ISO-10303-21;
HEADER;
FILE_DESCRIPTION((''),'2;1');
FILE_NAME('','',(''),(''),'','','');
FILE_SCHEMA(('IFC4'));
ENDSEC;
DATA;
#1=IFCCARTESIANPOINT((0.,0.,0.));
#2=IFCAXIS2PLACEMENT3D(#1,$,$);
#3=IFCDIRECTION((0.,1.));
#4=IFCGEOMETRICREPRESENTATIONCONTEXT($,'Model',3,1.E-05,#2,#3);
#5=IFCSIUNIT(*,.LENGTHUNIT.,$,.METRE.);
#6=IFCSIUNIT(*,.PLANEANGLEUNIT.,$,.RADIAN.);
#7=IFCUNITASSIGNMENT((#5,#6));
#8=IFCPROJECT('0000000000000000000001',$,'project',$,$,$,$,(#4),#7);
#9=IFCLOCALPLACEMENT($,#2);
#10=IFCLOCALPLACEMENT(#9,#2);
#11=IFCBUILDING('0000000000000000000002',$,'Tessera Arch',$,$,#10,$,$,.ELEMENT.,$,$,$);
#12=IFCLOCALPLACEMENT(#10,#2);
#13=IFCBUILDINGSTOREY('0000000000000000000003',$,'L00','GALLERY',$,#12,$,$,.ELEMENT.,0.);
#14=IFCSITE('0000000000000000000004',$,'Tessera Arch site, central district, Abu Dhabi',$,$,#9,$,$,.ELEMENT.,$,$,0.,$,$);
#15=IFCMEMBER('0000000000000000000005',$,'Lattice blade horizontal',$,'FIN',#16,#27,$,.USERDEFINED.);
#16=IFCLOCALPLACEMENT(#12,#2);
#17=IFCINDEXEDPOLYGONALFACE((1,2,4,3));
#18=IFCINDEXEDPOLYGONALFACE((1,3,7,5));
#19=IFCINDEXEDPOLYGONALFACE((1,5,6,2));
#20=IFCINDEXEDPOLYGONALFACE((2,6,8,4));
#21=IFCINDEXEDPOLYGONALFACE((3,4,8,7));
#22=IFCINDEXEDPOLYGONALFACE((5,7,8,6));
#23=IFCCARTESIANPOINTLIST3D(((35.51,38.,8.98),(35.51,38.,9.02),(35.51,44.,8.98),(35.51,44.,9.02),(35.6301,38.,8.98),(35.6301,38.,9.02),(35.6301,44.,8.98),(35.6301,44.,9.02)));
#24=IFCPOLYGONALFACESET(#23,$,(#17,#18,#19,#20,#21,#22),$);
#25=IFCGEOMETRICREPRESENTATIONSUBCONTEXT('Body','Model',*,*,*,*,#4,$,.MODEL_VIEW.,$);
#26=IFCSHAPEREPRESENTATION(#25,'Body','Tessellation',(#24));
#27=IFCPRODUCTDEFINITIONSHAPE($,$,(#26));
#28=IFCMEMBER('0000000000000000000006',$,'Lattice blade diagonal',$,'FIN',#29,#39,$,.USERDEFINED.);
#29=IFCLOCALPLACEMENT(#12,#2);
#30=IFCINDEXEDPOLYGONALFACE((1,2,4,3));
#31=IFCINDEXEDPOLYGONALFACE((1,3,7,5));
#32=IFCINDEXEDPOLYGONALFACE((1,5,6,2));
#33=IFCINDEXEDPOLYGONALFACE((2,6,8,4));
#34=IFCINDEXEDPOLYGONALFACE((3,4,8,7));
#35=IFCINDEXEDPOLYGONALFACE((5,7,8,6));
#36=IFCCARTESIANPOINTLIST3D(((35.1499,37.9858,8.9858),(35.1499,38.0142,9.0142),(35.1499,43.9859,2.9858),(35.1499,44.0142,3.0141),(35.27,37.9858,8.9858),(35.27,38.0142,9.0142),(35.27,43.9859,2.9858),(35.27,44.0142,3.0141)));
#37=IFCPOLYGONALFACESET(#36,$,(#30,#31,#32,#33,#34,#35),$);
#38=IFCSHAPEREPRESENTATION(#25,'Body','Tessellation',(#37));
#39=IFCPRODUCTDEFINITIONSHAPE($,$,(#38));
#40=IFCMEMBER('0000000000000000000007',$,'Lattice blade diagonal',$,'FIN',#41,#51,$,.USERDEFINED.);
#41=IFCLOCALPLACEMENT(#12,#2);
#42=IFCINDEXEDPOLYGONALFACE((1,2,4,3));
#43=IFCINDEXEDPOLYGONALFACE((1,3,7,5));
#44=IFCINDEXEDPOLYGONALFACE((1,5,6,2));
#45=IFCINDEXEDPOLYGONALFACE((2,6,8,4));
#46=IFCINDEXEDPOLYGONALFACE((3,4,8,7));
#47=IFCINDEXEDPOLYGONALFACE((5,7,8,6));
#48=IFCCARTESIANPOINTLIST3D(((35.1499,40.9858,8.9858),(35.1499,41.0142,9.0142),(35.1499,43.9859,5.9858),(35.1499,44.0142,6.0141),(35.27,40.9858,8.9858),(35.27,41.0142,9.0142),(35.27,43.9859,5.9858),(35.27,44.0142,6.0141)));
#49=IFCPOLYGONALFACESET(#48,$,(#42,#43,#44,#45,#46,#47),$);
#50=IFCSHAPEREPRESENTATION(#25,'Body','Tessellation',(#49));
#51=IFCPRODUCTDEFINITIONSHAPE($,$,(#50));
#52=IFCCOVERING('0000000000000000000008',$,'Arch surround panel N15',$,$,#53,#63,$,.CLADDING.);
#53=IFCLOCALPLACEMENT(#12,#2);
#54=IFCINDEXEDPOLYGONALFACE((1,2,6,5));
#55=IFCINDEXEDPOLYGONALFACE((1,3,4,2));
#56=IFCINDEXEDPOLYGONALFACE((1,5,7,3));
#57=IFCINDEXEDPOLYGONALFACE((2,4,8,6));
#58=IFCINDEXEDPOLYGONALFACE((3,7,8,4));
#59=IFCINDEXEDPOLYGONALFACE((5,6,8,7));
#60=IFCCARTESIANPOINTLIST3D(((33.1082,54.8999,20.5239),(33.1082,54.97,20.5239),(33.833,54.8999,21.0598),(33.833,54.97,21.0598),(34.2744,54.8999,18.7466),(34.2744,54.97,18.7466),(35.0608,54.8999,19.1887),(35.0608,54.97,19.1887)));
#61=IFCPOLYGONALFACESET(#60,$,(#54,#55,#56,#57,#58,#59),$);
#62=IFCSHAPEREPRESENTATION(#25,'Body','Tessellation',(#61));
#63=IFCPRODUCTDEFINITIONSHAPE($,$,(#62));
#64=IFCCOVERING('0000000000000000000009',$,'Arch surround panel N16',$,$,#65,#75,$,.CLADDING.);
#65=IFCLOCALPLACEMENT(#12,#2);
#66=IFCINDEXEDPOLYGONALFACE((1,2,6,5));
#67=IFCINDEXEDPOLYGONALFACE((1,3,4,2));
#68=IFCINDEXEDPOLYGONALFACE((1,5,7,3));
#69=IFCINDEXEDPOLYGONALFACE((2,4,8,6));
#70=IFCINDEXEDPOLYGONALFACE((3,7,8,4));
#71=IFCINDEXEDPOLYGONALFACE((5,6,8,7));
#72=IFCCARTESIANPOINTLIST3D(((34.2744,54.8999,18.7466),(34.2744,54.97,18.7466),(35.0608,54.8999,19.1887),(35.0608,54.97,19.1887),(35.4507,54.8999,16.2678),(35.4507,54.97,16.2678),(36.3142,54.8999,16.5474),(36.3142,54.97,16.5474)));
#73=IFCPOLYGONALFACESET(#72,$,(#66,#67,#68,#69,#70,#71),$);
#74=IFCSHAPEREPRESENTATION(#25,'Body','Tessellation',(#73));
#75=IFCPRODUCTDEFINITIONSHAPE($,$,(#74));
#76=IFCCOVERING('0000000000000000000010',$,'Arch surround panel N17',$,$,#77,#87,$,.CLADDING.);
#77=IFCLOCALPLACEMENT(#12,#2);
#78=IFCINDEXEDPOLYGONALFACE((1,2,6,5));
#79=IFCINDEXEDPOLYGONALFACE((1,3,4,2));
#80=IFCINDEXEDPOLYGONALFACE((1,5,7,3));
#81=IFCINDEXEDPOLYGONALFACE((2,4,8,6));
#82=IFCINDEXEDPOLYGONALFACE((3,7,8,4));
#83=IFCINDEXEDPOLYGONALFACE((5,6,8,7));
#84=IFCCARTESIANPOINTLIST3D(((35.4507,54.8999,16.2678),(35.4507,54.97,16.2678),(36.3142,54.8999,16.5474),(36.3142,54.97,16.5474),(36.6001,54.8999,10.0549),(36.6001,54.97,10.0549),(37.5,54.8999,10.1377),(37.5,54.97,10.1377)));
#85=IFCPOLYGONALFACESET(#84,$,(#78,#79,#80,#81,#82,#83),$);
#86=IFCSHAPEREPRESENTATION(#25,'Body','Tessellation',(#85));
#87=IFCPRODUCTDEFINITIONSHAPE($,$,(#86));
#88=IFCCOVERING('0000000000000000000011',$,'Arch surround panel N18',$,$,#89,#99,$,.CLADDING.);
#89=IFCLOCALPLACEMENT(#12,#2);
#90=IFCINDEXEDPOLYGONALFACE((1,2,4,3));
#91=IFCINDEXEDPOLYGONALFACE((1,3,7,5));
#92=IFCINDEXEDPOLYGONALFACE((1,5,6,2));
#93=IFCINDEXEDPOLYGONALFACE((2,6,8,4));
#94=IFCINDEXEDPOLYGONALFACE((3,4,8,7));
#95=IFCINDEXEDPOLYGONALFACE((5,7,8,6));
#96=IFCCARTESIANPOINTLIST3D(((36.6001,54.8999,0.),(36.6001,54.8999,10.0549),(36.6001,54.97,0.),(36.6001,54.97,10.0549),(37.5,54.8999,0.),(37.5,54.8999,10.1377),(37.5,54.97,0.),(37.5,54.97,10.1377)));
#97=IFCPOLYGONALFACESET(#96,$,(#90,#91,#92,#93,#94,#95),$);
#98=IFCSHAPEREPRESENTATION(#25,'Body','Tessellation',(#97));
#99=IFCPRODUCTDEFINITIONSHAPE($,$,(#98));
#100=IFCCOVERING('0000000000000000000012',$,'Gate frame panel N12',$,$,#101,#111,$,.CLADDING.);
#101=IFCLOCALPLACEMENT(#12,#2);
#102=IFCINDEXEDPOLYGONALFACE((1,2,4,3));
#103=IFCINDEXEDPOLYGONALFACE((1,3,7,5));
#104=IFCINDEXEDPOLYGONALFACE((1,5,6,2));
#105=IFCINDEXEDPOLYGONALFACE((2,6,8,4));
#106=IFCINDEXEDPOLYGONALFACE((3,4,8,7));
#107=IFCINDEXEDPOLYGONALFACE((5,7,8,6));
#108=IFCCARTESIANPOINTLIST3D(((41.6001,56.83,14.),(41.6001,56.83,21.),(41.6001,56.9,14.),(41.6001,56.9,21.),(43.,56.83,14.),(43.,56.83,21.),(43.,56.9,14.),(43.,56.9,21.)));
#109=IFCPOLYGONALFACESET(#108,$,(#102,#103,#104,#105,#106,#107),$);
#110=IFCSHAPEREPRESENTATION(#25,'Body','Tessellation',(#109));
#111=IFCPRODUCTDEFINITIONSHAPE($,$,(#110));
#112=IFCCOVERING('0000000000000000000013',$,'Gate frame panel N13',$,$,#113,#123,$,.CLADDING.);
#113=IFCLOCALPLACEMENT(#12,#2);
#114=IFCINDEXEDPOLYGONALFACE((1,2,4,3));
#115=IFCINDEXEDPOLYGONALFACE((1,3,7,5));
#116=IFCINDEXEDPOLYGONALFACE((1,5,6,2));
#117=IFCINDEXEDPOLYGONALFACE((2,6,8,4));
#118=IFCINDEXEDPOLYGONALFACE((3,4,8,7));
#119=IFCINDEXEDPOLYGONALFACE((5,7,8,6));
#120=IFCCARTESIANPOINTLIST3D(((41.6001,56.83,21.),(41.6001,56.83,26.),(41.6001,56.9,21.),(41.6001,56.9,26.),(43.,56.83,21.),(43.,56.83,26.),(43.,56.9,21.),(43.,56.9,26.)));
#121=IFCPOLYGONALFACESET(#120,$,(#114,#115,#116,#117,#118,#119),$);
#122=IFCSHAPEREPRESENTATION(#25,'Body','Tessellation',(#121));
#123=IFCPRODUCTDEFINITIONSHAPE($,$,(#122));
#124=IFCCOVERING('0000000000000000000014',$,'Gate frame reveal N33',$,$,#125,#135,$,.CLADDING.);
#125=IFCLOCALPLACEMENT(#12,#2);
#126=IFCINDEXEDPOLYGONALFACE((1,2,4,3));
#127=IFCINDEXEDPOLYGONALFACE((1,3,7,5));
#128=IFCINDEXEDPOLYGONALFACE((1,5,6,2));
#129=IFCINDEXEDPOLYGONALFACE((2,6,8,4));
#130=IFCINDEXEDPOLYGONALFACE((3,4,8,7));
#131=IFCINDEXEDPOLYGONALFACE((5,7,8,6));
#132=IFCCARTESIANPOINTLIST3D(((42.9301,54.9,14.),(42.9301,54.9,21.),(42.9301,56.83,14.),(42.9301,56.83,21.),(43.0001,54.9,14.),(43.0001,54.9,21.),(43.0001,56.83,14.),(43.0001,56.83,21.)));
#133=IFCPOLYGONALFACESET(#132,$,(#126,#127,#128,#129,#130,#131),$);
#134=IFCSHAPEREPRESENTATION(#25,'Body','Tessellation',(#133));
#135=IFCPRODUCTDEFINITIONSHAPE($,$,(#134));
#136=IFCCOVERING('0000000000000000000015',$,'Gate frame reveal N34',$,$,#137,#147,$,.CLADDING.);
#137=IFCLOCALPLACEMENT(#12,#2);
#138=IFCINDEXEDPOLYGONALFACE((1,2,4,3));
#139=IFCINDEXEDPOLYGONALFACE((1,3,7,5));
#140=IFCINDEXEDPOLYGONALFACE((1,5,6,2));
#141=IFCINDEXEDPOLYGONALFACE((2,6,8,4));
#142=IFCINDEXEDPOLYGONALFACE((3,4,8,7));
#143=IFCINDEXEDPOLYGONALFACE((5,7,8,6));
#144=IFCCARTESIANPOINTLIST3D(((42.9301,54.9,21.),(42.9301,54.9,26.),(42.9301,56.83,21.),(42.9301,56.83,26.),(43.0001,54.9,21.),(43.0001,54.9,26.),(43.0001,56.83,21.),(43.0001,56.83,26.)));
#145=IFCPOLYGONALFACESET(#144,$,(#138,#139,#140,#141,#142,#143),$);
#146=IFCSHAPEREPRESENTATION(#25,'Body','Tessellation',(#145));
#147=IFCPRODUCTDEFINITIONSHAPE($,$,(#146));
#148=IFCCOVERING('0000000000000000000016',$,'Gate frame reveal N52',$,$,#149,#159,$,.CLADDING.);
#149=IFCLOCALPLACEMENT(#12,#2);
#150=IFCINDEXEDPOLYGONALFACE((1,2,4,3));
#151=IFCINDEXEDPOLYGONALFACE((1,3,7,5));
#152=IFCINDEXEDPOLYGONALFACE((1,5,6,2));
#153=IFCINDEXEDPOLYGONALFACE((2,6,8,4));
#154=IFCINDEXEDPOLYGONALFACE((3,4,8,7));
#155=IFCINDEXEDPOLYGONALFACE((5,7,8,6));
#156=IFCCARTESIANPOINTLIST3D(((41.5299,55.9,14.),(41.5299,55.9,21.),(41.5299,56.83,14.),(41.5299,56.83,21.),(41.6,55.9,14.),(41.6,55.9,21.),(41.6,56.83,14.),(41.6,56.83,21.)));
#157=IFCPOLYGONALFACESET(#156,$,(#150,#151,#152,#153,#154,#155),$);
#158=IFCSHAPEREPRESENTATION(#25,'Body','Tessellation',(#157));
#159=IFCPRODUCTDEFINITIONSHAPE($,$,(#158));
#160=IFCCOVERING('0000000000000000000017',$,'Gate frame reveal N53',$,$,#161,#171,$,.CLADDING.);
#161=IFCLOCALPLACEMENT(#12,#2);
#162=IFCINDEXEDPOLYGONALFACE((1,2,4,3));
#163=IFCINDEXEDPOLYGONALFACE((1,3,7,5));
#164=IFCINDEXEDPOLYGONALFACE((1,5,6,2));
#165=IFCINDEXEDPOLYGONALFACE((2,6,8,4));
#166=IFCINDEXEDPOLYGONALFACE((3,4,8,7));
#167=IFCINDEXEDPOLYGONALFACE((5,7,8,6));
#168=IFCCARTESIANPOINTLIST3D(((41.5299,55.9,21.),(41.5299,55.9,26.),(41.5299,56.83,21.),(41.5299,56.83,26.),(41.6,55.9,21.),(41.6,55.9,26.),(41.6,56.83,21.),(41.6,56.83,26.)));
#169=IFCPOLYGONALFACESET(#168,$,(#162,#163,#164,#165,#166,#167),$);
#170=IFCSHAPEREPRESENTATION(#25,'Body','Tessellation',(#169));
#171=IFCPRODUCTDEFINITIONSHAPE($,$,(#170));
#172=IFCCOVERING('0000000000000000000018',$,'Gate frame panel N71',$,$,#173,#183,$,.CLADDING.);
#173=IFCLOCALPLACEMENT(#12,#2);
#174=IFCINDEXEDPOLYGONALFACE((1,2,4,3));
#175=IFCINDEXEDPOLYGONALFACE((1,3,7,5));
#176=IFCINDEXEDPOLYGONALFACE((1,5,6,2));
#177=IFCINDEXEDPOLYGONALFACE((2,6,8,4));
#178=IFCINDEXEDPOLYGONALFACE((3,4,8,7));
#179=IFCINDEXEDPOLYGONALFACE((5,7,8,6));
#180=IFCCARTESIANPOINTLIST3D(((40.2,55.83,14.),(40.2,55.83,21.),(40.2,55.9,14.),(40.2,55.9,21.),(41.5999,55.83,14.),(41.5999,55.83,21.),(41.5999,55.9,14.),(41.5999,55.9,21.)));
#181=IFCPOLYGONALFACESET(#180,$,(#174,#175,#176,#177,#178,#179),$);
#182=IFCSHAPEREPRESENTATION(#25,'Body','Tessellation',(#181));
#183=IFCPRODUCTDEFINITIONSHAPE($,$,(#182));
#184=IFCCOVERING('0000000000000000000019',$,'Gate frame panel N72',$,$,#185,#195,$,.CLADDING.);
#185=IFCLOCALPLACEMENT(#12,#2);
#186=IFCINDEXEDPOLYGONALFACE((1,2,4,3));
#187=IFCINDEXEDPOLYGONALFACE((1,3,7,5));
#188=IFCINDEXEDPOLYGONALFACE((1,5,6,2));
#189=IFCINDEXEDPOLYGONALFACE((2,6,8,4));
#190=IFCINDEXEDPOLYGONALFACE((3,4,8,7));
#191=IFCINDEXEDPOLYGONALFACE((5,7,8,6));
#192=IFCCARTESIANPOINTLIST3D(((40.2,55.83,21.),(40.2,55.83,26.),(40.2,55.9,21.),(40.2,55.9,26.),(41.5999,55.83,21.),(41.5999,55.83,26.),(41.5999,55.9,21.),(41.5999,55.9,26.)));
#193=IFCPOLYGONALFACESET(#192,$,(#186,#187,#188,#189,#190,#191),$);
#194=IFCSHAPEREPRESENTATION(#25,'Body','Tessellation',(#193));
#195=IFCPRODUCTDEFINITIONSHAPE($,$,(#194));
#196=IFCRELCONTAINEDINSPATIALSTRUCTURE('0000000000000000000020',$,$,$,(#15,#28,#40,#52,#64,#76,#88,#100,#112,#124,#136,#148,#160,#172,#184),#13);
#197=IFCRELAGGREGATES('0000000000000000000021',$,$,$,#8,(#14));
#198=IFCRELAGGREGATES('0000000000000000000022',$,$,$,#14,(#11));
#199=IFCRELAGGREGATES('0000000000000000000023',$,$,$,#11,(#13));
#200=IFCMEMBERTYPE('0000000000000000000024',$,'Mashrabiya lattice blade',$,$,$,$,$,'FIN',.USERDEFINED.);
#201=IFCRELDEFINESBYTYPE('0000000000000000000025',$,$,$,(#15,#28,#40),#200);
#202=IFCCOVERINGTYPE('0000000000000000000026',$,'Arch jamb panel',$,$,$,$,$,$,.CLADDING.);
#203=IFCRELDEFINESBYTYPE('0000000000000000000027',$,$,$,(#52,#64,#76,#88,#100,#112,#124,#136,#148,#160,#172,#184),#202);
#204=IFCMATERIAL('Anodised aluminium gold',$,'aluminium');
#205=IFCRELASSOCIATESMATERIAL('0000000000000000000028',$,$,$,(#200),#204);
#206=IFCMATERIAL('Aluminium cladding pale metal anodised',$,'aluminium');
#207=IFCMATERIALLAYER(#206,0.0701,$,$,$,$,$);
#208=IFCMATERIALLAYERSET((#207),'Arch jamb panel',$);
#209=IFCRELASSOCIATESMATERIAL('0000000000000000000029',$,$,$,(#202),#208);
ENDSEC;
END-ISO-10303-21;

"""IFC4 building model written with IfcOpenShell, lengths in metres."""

from ifc_helpers import new_model, si_unit, direction, frame, origin, origin_2d, place, context, subcontext, project, spatial, polyline, rectangle, outline, extrude, material, layer, layer_set, material_profile, profile_set, type_object, element, save


model = new_model("IFC4")

# Units and contexts
model_context = context("Model", 3, precision=1e-05, world=origin(), true_north=direction((0.0, 1.0)))
body_context = subcontext(model_context, "Body", "Model", "MODEL_VIEW")
ifc_project = project(units=[si_unit("LENGTHUNIT", "METRE"), si_unit("PLANEANGLEUNIT", "RADIAN")], contexts=[model_context])

# Site, building, storey
site_placement = place(None, origin())
site = spatial("IfcSite", under=ifc_project, at=site_placement, Name="Tessera Arch site, central district, Abu Dhabi", CompositionType="ELEMENT", RefElevation=0.0)
building_placement = place(site_placement, origin())
building = spatial("IfcBuilding", under=site, at=building_placement, Name="Tessera Arch", CompositionType="ELEMENT")
storey_placement = place(building_placement, origin())
storey = spatial("IfcBuildingStorey", under=building, at=storey_placement, Name="L00", Description="GALLERY", CompositionType="ELEMENT", Elevation=0.0)

# Members
ifc_material_1 = material(Name="Anodised aluminium gold", Category="aluminium")
ifc_material_profile = material_profile(ifc_material_1, rectangle(XDim=0.1201, YDim=0.04, at=origin_2d()), Name="AL 40x120")
ifc_profile_set = profile_set([ifc_material_profile], Name="Anodised aluminium gold")
member_type = type_object("IfcMemberType", Name="Mashrabiya lattice blade", ElementType="FIN", PredefinedType="USERDEFINED", material=ifc_profile_set)
member_1_placement = place(storey_placement, frame((35.5701, 38.0, 9.0), z_axis=(0.0, 1.0, 0.0), x_axis=(-1.0, 0.0, 0.0)))
element("IfcMember", 1, at=member_1_placement, inside=storey, type_object=member_type, Name="Lattice blade horizontal", ObjectType="FIN", PredefinedType="USERDEFINED", context=body_context, shape_type="SweptSolid", body=[
    extrude(rectangle(XDim=0.1201, YDim=0.04, at=origin_2d()), origin(), (0.0, 0.0, 1.0), 6.0),
])
member_2_placement = place(storey_placement, frame((35.21, 38.0, 9.0), z_axis=(0.0, 0.707107, -0.707107), x_axis=(-1.0, 0.0, 0.0)))
element("IfcMember", 2, at=member_2_placement, inside=storey, type_object=member_type, Name="Lattice blade diagonal", ObjectType="FIN", PredefinedType="USERDEFINED", context=body_context, shape_type="SweptSolid", body=[
    extrude(rectangle(XDim=0.1201, YDim=0.04, at=origin_2d()), origin(), (0.0, 0.0, 1.0), 8.4854),
])
member_3_placement = place(storey_placement, frame((35.21, 41.0, 9.0), z_axis=(0.0, 0.707107, -0.707107), x_axis=(-1.0, 0.0, 0.0)))
element("IfcMember", 3, at=member_3_placement, inside=storey, type_object=member_type, Name="Lattice blade diagonal", ObjectType="FIN", PredefinedType="USERDEFINED", context=body_context, shape_type="SweptSolid", body=[
    extrude(rectangle(XDim=0.1201, YDim=0.04, at=origin_2d()), origin(), (0.0, 0.0, 1.0), 4.2427),
])

# Coverings
ifc_material_2 = material(Name="Aluminium cladding pale metal anodised", Category="aluminium")
ifc_layer = layer(ifc_material_2, 0.0701)
ifc_layer_set = layer_set([ifc_layer], Name="Arch jamb panel")
covering_type = type_object("IfcCoveringType", Name="Arch jamb panel", PredefinedType="CLADDING", material=ifc_layer_set)
covering_1_placement = place(storey_placement, frame((33.1082, 54.8999, 20.5239), z_axis=(0.0, -1.0, 0.0), x_axis=(0.548616, 0.0, -0.836074)))
element("IfcCovering", 4, at=covering_1_placement, inside=storey, type_object=covering_type, Name="Arch surround panel N15", PredefinedType="CLADDING", context=body_context, shape_type="SweptSolid", body=[
    extrude(outline(polyline([(0.0, 0.0), (2.1258, 0.0), (2.1876, 0.9), (-0.0504, 0.9), (0.0, 0.0)])), origin(), (0.0, 0.0, -1.0), 0.0701),
])
covering_2_placement = place(storey_placement, frame((34.2744, 54.8999, 18.7466), z_axis=(0.0, -1.0, 0.0), x_axis=(0.428717, 0.0, -0.903439)))
element("IfcCovering", 5, at=covering_2_placement, inside=storey, type_object=covering_type, Name="Arch surround panel N16", PredefinedType="CLADDING", context=body_context, shape_type="SweptSolid", body=[
    extrude(outline(polyline([(0.0, 0.0), (2.7437, 0.0), (2.8614, 0.9), (-0.0623, 0.9), (0.0, 0.0)])), origin(), (0.0, 0.0, -1.0), 0.0701),
])
covering_3_placement = place(storey_placement, frame((35.4507, 54.8999, 16.2678), z_axis=(0.0, -1.0, 0.0), x_axis=(0.181918, 0.0, -0.983314)))
element("IfcCovering", 6, at=covering_3_placement, inside=storey, type_object=covering_type, Name="Arch surround panel N17", PredefinedType="CLADDING", context=body_context, shape_type="SweptSolid", body=[
    extrude(outline(polyline([(0.0, 0.0), (6.3183, 0.0), (6.4006, 0.8999), (-0.1178, 0.9), (0.0, 0.0)])), origin(), (0.0, 0.0, -1.0), 0.0701),
])
covering_4_placement = place(storey_placement, frame((36.6001, 54.8999, 10.0549), z_axis=(0.0, -1.0, 0.0), x_axis=(0.0, 0.0, -1.0)))
element("IfcCovering", 7, at=covering_4_placement, inside=storey, type_object=covering_type, Name="Arch surround panel N18", PredefinedType="CLADDING", context=body_context, shape_type="SweptSolid", body=[
    extrude(outline(polyline([(0.0, 0.0), (10.0549, 0.0), (10.0549, 0.8999), (-0.0828, 0.8999), (0.0, 0.0)])), origin(), (0.0, 0.0, -1.0), 0.0701),
])
covering_5_placement = place(storey_placement, frame((42.3, 56.865, 14.0), z_axis=(0.0, 0.0, 1.0), x_axis=(1.0, 0.0, 0.0)))
element("IfcCovering", 8, at=covering_5_placement, inside=storey, type_object=covering_type, Name="Gate frame panel N12", PredefinedType="CLADDING", context=body_context, shape_type="SweptSolid", body=[
    extrude(rectangle(XDim=1.3999, YDim=0.0701, at=origin_2d()), origin(), (0.0, 0.0, 1.0), 7.0),
])
covering_6_placement = place(storey_placement, frame((42.3, 56.865, 21.0), z_axis=(0.0, 0.0, 1.0), x_axis=(1.0, 0.0, 0.0)))
element("IfcCovering", 9, at=covering_6_placement, inside=storey, type_object=covering_type, Name="Gate frame panel N13", PredefinedType="CLADDING", context=body_context, shape_type="SweptSolid", body=[
    extrude(rectangle(XDim=1.3999, YDim=0.0701, at=origin_2d()), origin(), (0.0, 0.0, 1.0), 5.0),
])
covering_7_placement = place(storey_placement, frame((42.9651, 55.865, 14.0), z_axis=(0.0, 0.0, 1.0), x_axis=(1.0, 0.0, 0.0)))
element("IfcCovering", 10, at=covering_7_placement, inside=storey, type_object=covering_type, Name="Gate frame reveal N33", PredefinedType="CLADDING", context=body_context, shape_type="SweptSolid", body=[
    extrude(rectangle(XDim=0.0701, YDim=1.9299, at=origin_2d()), origin(), (0.0, 0.0, 1.0), 7.0),
])
covering_8_placement = place(storey_placement, frame((42.9651, 55.865, 21.0), z_axis=(0.0, 0.0, 1.0), x_axis=(1.0, 0.0, 0.0)))
element("IfcCovering", 11, at=covering_8_placement, inside=storey, type_object=covering_type, Name="Gate frame reveal N34", PredefinedType="CLADDING", context=body_context, shape_type="SweptSolid", body=[
    extrude(rectangle(XDim=0.0701, YDim=1.9299, at=origin_2d()), origin(), (0.0, 0.0, 1.0), 5.0),
])
covering_9_placement = place(storey_placement, frame((41.5649, 56.365, 14.0), z_axis=(0.0, 0.0, 1.0), x_axis=(1.0, 0.0, 0.0)))
element("IfcCovering", 12, at=covering_9_placement, inside=storey, type_object=covering_type, Name="Gate frame reveal N52", PredefinedType="CLADDING", context=body_context, shape_type="SweptSolid", body=[
    extrude(rectangle(XDim=0.0701, YDim=0.9299, at=origin_2d()), origin(), (0.0, 0.0, 1.0), 7.0),
])
covering_10_placement = place(storey_placement, frame((41.5649, 56.365, 21.0), z_axis=(0.0, 0.0, 1.0), x_axis=(1.0, 0.0, 0.0)))
element("IfcCovering", 13, at=covering_10_placement, inside=storey, type_object=covering_type, Name="Gate frame reveal N53", PredefinedType="CLADDING", context=body_context, shape_type="SweptSolid", body=[
    extrude(rectangle(XDim=0.0701, YDim=0.9299, at=origin_2d()), origin(), (0.0, 0.0, 1.0), 5.0),
])
covering_11_placement = place(storey_placement, frame((40.8999, 55.865, 14.0), z_axis=(0.0, 0.0, 1.0), x_axis=(1.0, 0.0, 0.0)))
element("IfcCovering", 14, at=covering_11_placement, inside=storey, type_object=covering_type, Name="Gate frame panel N71", PredefinedType="CLADDING", context=body_context, shape_type="SweptSolid", body=[
    extrude(rectangle(XDim=1.3999, YDim=0.0701, at=origin_2d()), origin(), (0.0, 0.0, 1.0), 7.0),
])
for number, where, z_axis, x_axis, name in (
    (15, (40.8999, 55.865, 21.0), (0.0, 0.0, 1.0), (1.0, 0.0, 0.0), "Gate frame panel N72"),
):
    element("IfcCovering", number, at=place(storey_placement, frame(where, z_axis=z_axis, x_axis=x_axis)), inside=storey, type_object=covering_type, Name=name, PredefinedType="CLADDING", context=body_context, shape_type="SweptSolid", body=[
        extrude(rectangle(XDim=1.3999, YDim=0.0701, at=origin_2d()), origin(), (0.0, 0.0, 1.0), 5.0),
    ])

save(model, "model.ifc")
